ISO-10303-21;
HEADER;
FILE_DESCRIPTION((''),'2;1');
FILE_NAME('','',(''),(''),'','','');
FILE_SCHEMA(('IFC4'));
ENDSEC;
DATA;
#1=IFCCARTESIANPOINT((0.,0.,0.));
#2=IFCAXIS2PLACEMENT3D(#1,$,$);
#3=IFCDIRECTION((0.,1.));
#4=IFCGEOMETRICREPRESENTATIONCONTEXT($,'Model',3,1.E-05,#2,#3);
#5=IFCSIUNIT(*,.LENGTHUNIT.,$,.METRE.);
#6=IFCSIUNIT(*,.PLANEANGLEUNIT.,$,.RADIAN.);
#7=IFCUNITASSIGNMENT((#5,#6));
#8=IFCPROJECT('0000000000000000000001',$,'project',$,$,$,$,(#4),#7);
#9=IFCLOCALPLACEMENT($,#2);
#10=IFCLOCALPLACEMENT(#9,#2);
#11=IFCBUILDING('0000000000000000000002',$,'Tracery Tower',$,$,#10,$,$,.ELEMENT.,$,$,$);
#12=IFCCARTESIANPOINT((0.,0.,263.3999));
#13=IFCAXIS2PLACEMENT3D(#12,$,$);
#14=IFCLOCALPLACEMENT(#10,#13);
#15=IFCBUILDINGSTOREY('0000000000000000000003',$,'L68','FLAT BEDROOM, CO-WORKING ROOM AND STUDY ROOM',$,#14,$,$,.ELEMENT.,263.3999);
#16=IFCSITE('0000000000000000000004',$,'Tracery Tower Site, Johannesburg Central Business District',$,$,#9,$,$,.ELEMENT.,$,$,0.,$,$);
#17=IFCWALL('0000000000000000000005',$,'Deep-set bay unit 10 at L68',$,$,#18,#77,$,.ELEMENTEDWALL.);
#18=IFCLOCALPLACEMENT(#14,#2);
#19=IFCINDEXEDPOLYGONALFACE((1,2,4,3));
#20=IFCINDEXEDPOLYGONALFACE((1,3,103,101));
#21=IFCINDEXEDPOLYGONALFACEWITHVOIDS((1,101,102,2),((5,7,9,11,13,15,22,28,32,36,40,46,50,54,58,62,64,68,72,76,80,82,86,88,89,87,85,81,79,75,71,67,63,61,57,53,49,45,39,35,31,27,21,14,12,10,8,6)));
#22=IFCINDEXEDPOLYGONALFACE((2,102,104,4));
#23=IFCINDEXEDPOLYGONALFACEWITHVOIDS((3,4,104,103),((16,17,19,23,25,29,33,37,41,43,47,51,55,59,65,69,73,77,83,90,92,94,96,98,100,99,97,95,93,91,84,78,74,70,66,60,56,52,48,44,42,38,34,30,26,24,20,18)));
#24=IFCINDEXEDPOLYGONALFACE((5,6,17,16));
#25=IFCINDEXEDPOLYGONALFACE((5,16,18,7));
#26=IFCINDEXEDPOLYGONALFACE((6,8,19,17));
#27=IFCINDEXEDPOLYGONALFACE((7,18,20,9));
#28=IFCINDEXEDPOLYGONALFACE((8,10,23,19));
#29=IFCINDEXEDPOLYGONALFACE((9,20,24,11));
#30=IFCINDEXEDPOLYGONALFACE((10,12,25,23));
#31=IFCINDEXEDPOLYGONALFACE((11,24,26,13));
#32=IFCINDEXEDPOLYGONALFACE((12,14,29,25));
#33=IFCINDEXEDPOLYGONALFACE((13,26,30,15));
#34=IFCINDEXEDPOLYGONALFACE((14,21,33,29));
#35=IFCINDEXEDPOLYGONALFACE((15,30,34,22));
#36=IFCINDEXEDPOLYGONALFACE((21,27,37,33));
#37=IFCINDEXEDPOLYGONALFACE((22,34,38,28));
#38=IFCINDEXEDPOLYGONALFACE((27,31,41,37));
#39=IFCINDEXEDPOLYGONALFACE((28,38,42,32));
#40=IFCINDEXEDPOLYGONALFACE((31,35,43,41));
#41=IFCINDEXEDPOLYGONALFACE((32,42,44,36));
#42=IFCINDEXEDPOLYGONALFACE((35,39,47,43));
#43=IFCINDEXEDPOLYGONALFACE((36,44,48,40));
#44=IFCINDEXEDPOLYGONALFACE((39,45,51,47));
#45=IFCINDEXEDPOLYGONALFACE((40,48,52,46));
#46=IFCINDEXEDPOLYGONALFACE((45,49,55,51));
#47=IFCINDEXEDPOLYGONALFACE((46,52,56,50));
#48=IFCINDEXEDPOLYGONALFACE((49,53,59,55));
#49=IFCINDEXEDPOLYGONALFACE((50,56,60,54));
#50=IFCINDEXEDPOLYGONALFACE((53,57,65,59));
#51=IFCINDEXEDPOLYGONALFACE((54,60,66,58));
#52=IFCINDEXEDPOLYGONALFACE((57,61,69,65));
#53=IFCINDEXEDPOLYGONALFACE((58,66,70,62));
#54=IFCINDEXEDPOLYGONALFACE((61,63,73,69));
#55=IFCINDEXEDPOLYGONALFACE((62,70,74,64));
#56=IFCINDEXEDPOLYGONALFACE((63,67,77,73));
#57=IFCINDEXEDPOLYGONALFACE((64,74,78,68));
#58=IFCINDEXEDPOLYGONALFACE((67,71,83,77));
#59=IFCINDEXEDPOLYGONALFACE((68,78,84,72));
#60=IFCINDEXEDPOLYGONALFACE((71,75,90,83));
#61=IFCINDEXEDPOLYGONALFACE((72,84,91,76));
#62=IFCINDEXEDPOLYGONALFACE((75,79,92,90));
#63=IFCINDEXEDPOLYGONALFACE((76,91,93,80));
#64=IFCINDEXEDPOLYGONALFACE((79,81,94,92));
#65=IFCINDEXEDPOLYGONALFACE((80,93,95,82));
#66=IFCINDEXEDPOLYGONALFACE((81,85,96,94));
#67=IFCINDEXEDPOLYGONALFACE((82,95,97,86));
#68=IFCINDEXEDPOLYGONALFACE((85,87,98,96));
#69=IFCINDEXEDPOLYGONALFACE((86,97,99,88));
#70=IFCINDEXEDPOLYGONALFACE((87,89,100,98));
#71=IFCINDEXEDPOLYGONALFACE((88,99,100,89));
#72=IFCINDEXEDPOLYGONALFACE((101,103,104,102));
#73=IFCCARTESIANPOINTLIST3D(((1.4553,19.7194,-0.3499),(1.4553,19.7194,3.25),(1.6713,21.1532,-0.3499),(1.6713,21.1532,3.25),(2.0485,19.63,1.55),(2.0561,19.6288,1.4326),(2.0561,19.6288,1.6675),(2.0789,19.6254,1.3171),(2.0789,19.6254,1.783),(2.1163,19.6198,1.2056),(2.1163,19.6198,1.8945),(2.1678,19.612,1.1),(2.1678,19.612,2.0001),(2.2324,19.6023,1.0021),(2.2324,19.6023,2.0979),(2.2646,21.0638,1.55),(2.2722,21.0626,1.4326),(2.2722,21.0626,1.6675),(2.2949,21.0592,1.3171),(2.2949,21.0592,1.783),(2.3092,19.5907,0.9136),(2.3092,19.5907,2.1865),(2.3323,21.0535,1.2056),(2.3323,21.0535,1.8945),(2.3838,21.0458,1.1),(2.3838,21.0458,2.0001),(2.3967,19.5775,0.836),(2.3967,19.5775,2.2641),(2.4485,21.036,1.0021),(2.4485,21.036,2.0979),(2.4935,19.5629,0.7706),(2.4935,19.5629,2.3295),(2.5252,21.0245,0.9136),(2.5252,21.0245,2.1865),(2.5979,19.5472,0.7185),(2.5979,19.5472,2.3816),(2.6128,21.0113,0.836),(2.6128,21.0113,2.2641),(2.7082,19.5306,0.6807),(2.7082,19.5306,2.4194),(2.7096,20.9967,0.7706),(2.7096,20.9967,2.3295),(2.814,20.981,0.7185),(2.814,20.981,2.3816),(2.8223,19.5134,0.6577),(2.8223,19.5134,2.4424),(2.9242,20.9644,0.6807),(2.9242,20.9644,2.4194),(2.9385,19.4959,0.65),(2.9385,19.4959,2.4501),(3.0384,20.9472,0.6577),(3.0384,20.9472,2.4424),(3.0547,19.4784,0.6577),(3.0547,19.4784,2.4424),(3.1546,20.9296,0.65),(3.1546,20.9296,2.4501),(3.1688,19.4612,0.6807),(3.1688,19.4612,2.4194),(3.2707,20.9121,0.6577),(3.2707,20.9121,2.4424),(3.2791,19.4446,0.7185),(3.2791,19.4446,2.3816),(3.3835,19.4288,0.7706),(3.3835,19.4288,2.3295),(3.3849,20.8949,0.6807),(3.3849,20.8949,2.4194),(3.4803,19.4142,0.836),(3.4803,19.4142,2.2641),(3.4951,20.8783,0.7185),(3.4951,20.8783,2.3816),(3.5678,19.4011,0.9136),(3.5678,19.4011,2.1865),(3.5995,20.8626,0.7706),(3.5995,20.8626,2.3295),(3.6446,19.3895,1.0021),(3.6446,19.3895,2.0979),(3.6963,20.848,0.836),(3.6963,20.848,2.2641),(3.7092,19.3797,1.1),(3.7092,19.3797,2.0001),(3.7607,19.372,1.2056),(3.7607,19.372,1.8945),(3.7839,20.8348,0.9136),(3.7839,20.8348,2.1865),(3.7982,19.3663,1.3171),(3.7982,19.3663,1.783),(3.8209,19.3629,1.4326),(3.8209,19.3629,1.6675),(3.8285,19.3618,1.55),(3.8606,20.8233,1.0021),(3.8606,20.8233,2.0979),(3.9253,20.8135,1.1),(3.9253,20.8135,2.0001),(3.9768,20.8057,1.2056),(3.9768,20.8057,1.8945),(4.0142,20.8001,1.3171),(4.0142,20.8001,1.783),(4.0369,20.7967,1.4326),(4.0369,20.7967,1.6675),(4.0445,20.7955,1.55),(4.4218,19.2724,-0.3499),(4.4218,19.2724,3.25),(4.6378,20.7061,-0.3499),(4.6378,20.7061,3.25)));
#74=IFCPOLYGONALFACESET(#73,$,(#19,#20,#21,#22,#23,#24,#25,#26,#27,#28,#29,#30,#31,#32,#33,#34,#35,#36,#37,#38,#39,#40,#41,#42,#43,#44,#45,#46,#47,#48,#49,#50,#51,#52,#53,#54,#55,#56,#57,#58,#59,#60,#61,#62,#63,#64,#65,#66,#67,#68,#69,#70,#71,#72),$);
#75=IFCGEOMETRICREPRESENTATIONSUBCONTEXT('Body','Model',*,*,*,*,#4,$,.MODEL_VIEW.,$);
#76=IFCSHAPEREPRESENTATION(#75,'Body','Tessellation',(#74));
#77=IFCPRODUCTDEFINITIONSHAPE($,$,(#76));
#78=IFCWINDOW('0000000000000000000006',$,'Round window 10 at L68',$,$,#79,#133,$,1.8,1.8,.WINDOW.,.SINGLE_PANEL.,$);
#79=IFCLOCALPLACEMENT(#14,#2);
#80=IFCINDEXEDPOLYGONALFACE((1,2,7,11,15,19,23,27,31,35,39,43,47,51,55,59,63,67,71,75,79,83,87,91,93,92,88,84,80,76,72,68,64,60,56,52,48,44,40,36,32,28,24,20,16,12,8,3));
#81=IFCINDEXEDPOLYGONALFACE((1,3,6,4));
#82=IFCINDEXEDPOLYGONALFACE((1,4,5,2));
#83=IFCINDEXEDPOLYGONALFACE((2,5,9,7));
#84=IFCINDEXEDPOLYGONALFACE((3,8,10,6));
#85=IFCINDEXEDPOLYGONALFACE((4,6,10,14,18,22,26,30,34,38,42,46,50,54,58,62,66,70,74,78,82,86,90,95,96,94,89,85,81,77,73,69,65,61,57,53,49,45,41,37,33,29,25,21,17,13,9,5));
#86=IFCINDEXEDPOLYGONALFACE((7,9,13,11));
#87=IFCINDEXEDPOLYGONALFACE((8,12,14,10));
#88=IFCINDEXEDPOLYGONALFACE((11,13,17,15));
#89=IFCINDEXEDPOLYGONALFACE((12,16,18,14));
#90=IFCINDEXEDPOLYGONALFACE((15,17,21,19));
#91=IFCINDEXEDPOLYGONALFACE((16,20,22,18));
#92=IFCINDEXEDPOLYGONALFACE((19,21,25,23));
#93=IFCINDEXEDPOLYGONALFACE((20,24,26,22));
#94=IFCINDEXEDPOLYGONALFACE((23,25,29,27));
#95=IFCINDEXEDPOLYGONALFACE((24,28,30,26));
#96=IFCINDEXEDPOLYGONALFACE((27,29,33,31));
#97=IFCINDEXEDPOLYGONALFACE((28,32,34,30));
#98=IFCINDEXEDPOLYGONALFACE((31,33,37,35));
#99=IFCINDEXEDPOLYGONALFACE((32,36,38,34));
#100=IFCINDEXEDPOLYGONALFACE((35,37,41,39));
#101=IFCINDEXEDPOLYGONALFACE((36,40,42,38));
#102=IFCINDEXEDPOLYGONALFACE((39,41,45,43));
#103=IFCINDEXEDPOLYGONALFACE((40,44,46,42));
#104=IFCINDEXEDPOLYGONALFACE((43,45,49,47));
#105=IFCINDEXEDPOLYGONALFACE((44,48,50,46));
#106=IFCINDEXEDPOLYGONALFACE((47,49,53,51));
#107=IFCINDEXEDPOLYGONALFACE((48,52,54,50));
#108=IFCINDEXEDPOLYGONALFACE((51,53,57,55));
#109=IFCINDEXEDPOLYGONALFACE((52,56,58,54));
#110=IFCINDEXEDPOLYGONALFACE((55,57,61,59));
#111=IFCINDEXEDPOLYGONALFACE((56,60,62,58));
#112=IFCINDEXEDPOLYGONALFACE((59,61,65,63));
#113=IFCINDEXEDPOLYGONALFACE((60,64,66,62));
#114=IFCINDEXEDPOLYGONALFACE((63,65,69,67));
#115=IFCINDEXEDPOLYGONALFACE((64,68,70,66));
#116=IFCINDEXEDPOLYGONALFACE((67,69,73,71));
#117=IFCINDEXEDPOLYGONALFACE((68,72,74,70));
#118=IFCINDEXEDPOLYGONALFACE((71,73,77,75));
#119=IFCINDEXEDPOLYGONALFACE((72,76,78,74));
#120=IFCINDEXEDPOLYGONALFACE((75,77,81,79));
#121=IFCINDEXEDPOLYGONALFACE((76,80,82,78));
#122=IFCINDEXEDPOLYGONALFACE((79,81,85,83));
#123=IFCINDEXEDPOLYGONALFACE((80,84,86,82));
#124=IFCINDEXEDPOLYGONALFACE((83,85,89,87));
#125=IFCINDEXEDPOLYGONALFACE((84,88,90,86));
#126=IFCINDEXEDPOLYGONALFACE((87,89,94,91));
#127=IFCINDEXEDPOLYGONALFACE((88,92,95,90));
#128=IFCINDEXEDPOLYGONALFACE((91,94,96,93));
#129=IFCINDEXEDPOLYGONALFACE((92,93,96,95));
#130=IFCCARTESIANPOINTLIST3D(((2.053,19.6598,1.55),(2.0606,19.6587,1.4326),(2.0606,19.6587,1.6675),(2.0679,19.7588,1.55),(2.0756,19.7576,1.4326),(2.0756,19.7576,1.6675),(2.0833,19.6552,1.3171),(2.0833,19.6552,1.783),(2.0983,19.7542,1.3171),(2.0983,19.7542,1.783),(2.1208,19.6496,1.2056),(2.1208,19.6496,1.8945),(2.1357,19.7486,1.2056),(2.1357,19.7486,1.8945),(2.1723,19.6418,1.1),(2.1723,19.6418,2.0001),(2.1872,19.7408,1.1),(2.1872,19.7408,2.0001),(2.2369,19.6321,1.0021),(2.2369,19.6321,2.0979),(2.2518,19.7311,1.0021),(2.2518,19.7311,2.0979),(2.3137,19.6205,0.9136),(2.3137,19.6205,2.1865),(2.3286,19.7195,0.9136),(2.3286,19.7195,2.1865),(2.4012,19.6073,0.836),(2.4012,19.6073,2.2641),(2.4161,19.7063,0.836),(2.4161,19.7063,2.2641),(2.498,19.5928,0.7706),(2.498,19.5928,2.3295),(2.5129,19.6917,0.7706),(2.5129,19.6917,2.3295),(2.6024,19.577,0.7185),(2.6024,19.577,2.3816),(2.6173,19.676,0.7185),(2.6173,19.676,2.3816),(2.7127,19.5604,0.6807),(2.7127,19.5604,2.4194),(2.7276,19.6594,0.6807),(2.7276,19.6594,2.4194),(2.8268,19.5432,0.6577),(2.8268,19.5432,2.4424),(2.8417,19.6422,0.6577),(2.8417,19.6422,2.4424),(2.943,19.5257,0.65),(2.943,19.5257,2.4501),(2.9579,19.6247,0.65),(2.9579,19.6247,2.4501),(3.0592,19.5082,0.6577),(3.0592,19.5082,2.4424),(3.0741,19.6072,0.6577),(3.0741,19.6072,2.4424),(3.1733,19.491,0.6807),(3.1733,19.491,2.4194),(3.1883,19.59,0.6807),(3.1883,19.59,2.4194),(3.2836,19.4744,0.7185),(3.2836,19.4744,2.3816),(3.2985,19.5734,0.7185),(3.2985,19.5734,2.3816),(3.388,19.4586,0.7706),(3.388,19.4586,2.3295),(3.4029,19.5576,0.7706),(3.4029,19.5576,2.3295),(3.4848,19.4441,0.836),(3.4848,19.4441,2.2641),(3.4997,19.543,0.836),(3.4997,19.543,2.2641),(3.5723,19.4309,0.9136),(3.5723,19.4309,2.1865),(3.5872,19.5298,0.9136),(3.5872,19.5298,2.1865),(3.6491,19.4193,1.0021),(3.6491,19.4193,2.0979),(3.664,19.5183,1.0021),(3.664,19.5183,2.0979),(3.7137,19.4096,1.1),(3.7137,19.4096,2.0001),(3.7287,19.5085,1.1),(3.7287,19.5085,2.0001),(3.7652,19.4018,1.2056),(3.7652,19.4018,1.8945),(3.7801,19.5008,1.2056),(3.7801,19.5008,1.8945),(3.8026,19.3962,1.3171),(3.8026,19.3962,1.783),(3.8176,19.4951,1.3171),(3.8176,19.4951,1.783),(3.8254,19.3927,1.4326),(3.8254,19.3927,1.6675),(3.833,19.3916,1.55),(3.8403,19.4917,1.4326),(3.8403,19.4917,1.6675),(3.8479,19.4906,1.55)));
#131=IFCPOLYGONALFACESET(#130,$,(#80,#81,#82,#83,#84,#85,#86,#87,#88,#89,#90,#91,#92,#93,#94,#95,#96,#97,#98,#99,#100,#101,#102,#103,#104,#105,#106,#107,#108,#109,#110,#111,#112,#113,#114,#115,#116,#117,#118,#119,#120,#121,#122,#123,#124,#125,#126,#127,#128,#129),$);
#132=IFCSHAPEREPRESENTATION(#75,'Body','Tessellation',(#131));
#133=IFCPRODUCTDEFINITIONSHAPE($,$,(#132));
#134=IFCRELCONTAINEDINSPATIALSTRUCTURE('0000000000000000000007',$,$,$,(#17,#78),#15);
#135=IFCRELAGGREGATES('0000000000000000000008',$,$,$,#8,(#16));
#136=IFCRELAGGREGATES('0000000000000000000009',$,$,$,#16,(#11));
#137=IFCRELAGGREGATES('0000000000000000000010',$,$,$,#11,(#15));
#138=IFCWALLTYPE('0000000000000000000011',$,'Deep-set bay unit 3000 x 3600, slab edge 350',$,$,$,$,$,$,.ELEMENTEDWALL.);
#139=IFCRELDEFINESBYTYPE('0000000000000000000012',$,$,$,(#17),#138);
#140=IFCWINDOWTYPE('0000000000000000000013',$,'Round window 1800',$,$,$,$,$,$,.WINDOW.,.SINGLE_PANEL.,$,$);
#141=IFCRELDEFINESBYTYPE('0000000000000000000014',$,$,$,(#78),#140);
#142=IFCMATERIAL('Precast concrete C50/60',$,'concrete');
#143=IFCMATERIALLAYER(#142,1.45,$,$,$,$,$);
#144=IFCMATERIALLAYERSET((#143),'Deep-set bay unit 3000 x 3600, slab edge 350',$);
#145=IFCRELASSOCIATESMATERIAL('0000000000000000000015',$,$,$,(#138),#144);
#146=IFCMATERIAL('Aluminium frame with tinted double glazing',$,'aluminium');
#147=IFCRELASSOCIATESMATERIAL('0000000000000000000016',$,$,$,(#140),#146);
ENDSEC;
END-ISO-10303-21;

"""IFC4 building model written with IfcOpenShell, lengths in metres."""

from ifc_helpers import new_model, si_unit, direction, frame, frame_2d, origin, origin_2d, place, context, subcontext, project, spatial, rectangle, circle, extrude, material, layer, layer_set, type_object, element, fill, save


model = new_model("IFC4")

# Units and contexts
model_context = context("Model", 3, precision=1e-05, world=origin(), true_north=direction((0.0, 1.0)))
body_context = subcontext(model_context, "Body", "Model", "MODEL_VIEW")
ifc_project = project(units=[si_unit("LENGTHUNIT", "METRE"), si_unit("PLANEANGLEUNIT", "RADIAN")], contexts=[model_context])

# Site, building, storey
site_placement = place(None, origin())
site = spatial("IfcSite", under=ifc_project, at=site_placement, Name="Tracery Tower Site, Johannesburg Central Business District", CompositionType="ELEMENT", RefElevation=0.0)
building_placement = place(site_placement, origin())
building = spatial("IfcBuilding", under=site, at=building_placement, Name="Tracery Tower", CompositionType="ELEMENT")
storey_placement = place(building_placement, frame((0.0, 0.0, 263.3999)))
storey = spatial("IfcBuildingStorey", under=building, at=storey_placement, Name="L68", Description="FLAT BEDROOM, CO-WORKING ROOM AND STUDY ROOM", CompositionType="ELEMENT", Elevation=263.3999)

# Wall, opening, window
ifc_material_1 = material(Name="Precast concrete C50/60", Category="concrete")
ifc_layer_1 = layer(ifc_material_1, 1.45)
ifc_layer_set_1 = layer_set([ifc_layer_1], Name="Deep-set bay unit 3000 x 3600, slab edge 350")
wall_type_1 = type_object("IfcWallType", Name="Deep-set bay unit 3000 x 3600, slab edge 350", PredefinedType="ELEMENTEDWALL", material=ifc_layer_set_1)
wall_1_placement = place(storey_placement, frame((4.5298, 19.9893, -0.3499), z_axis=(0.0, 0.0, 1.0), x_axis=(-0.988836, 0.149005, 0.0)))
wall_1 = element("IfcWall", 1, at=wall_1_placement, inside=storey, type_object=wall_type_1, Name="Deep-set bay unit 10 at L68", PredefinedType="ELEMENTEDWALL", context=body_context, shape_type="SweptSolid", body=[
    extrude(rectangle(XDim=3.0, YDim=1.45, at=frame_2d((1.5, 0.0))), origin(), (0.0, 0.0, 1.0), 3.5999),
])
opening_1_placement = place(wall_1_placement, frame((1.5, 0.0, 1.8999)))
opening_1 = element("IfcOpeningElement", 2, at=opening_1_placement, cuts=wall_1, PredefinedType="OPENING", context=body_context, shape_type="SweptSolid", body=[
    extrude(circle(Radius=0.9, at=origin_2d()), frame((0.0, 0.7349, 0.0), z_axis=(0.0, -1.0, 0.0), x_axis=(1.0, 0.0, 0.0)), (0.0, 0.0, 1.0), 1.47),
])
ifc_material_2 = material(Name="Aluminium frame with tinted double glazing", Category="aluminium")
window_type = type_object("IfcWindowType", Name="Round window 1800", PartitioningType="SINGLE_PANEL", PredefinedType="WINDOW", material=ifc_material_2)
window_1_placement = place(opening_1_placement, origin())
window_1 = element("IfcWindow", 3, at=window_1_placement, inside=storey, type_object=window_type, Name="Round window 10 at L68", OverallHeight=1.8, OverallWidth=1.8, PartitioningType="SINGLE_PANEL", PredefinedType="WINDOW", context=body_context, shape_type="SweptSolid", body=[
    extrude(circle(Radius=0.9, at=origin_2d()), frame((0.0, 0.6948, 0.0), z_axis=(0.0, -1.0, 0.0), x_axis=(1.0, 0.0, 0.0)), (0.0, 0.0, 1.0), 0.1001),
])
fill(opening_1, window_1)

save(model, "model.ifc")
